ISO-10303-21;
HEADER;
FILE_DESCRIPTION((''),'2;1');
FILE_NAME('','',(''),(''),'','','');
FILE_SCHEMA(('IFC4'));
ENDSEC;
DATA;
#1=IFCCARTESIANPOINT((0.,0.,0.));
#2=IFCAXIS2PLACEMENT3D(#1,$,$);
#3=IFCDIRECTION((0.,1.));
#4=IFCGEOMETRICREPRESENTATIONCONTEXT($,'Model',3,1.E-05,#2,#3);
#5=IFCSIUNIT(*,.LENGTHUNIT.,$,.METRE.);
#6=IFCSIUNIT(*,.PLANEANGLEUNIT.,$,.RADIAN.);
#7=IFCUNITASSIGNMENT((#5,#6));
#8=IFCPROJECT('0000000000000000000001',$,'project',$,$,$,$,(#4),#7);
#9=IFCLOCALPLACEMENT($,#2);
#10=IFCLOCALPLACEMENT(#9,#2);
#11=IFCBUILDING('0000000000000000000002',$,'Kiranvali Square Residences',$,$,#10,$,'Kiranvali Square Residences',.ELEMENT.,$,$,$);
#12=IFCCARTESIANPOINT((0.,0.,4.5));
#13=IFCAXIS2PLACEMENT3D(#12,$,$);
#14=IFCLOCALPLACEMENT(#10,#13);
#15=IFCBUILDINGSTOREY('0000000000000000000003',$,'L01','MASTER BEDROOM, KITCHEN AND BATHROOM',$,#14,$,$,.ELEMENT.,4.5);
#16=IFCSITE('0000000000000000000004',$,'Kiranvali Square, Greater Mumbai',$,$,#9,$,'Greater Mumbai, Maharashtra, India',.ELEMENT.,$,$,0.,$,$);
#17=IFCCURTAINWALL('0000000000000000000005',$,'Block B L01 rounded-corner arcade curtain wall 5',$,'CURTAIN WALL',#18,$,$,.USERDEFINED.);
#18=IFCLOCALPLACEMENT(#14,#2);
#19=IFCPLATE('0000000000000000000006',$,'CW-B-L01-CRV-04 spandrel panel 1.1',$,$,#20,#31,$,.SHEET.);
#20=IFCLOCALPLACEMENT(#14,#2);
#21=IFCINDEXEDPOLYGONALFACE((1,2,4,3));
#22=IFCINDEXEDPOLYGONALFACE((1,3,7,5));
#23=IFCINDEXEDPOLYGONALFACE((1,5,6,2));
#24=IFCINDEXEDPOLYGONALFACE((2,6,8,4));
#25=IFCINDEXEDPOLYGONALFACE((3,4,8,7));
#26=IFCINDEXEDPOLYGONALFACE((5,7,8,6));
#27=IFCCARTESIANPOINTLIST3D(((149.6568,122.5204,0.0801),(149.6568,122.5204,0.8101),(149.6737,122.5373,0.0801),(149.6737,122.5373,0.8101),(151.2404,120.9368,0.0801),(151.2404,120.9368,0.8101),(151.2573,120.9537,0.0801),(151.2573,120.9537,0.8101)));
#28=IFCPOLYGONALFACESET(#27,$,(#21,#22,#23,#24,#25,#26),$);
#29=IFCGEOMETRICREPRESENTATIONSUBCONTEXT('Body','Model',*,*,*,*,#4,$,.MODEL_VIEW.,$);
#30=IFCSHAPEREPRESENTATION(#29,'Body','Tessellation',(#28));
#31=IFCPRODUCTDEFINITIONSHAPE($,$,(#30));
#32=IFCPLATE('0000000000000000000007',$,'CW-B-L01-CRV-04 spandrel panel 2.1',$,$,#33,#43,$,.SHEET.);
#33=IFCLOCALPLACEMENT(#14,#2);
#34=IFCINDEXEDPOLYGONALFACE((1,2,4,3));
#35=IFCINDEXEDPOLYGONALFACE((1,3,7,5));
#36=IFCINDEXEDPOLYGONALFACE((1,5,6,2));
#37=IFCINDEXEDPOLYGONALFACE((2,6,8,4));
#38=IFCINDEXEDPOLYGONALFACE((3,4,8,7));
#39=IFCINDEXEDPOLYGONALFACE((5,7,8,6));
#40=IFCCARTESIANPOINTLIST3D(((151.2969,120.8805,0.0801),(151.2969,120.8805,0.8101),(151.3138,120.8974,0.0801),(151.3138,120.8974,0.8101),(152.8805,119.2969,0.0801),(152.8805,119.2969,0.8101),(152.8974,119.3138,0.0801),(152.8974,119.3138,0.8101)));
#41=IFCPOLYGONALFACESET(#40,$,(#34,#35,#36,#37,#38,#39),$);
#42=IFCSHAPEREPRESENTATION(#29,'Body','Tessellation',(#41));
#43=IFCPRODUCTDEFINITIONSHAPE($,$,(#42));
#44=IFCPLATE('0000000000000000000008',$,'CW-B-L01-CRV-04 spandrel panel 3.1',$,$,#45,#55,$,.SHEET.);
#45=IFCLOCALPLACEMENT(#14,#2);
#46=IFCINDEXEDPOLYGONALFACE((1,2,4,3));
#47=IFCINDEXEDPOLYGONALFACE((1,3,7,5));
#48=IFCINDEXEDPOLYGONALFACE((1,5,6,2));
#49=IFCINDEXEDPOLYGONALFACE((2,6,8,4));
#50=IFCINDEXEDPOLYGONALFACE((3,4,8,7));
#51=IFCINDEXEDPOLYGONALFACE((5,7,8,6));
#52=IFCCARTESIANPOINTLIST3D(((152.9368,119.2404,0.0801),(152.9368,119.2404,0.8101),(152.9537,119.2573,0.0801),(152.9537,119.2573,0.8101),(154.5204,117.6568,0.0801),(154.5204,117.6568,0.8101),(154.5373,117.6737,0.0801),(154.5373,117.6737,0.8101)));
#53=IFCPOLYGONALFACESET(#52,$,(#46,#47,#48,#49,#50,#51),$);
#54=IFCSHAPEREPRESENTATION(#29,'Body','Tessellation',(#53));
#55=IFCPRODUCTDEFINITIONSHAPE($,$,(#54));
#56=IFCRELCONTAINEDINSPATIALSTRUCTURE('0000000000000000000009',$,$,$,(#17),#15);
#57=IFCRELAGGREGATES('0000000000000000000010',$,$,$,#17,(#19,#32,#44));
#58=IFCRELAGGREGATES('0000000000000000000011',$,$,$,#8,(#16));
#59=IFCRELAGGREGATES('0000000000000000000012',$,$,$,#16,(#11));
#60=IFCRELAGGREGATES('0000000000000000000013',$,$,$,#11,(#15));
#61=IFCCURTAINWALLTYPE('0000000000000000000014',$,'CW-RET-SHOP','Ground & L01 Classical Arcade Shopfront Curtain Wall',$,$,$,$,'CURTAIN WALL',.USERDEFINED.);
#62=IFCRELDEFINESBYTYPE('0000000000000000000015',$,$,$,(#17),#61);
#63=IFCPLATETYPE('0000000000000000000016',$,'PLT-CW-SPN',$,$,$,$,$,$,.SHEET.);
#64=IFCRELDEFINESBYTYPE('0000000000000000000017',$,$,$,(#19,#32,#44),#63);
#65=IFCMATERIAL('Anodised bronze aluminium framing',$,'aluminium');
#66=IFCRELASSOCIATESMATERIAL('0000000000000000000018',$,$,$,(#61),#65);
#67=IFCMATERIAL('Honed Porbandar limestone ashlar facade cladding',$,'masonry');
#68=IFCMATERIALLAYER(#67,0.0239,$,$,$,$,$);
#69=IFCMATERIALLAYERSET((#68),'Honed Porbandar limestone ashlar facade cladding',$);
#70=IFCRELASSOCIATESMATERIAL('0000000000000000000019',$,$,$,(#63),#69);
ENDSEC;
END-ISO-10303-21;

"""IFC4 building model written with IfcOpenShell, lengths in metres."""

from ifc_helpers import new_model, si_unit, direction, frame, origin, origin_2d, place, context, subcontext, project, spatial, rectangle, extrude, material, layer, layer_set, type_object, element, aggregate, save


model = new_model("IFC4")

# Units and contexts
model_context = context("Model", 3, precision=1e-05, world=origin(), true_north=direction((0.0, 1.0)))
body_context = subcontext(model_context, "Body", "Model", "MODEL_VIEW")
ifc_project = project(units=[si_unit("LENGTHUNIT", "METRE"), si_unit("PLANEANGLEUNIT", "RADIAN")], contexts=[model_context])

# Site, building, storey
site_placement = place(None, origin())
site = spatial("IfcSite", under=ifc_project, at=site_placement, Name="Kiranvali Square, Greater Mumbai", LongName="Greater Mumbai, Maharashtra, India", CompositionType="ELEMENT", RefElevation=0.0)
building_placement = place(site_placement, origin())
building = spatial("IfcBuilding", under=site, at=building_placement, Name="Kiranvali Square Residences", LongName="Kiranvali Square Residences", CompositionType="ELEMENT")
storey_placement = place(building_placement, frame((0.0, 0.0, 4.5)))
storey = spatial("IfcBuildingStorey", under=building, at=storey_placement, Name="L01", Description="MASTER BEDROOM, KITCHEN AND BATHROOM", CompositionType="ELEMENT", Elevation=4.5)

# Shared definitions
ifc_material_1 = material(Name="Anodised bronze aluminium framing", Category="aluminium")
curtain_wall_type = type_object("IfcCurtainWallType", Name="CW-RET-SHOP", Description="Ground & L01 Classical Arcade Shopfront Curtain Wall", ElementType="CURTAIN WALL", PredefinedType="USERDEFINED", material=ifc_material_1)

# Curtain wall
curtain_wall_1_placement = place(storey_placement, origin())
curtain_wall_1 = element("IfcCurtainWall", 1, at=curtain_wall_1_placement, inside=storey, type_object=curtain_wall_type, Name="Block B L01 rounded-corner arcade curtain wall 5", ObjectType="CURTAIN WALL", PredefinedType="USERDEFINED")

# Plates
ifc_material_2 = material(Name="Honed Porbandar limestone ashlar facade cladding", Category="masonry")
ifc_layer_1 = layer(ifc_material_2, 0.0239)
ifc_layer_set_1 = layer_set([ifc_layer_1], Name="Honed Porbandar limestone ashlar facade cladding")
plate_type_1 = type_object("IfcPlateType", Name="PLT-CW-SPN", PredefinedType="SHEET", material=ifc_layer_set_1)
plate_1_placement = place(storey_placement, frame((150.457, 121.7371, 0.0801), z_axis=(0.0, 0.0, 1.0), x_axis=(0.707107, -0.707107, 0.0)))
plate_1 = element("IfcPlate", 2, at=plate_1_placement, type_object=plate_type_1, Name="CW-B-L01-CRV-04 spandrel panel 1.1", PredefinedType="SHEET", context=body_context, shape_type="SweptSolid", body=[
    extrude(rectangle(XDim=2.2395, YDim=0.0239, at=origin_2d()), origin(), (0.0, 0.0, 1.0), 0.73),
])
plate_2_placement = place(storey_placement, frame((152.0972, 120.0972, 0.0801), z_axis=(0.0, 0.0, 1.0), x_axis=(0.707107, -0.707107, 0.0)))
plate_2 = element("IfcPlate", 3, at=plate_2_placement, type_object=plate_type_1, Name="CW-B-L01-CRV-04 spandrel panel 2.1", PredefinedType="SHEET", context=body_context, shape_type="SweptSolid", body=[
    extrude(rectangle(XDim=2.2395, YDim=0.0239, at=origin_2d()), origin(), (0.0, 0.0, 1.0), 0.73),
])
plate_3_placement = place(storey_placement, frame((153.7371, 118.457, 0.0801), z_axis=(0.0, 0.0, 1.0), x_axis=(0.707107, -0.707107, 0.0)))
plate_3 = element("IfcPlate", 4, at=plate_3_placement, type_object=plate_type_1, Name="CW-B-L01-CRV-04 spandrel panel 3.1", PredefinedType="SHEET", context=body_context, shape_type="SweptSolid", body=[
    extrude(rectangle(XDim=2.2395, YDim=0.0239, at=origin_2d()), origin(), (0.0, 0.0, 1.0), 0.73),
])
aggregate(curtain_wall_1, [plate_1, plate_2, plate_3])

save(model, "model.ifc")
